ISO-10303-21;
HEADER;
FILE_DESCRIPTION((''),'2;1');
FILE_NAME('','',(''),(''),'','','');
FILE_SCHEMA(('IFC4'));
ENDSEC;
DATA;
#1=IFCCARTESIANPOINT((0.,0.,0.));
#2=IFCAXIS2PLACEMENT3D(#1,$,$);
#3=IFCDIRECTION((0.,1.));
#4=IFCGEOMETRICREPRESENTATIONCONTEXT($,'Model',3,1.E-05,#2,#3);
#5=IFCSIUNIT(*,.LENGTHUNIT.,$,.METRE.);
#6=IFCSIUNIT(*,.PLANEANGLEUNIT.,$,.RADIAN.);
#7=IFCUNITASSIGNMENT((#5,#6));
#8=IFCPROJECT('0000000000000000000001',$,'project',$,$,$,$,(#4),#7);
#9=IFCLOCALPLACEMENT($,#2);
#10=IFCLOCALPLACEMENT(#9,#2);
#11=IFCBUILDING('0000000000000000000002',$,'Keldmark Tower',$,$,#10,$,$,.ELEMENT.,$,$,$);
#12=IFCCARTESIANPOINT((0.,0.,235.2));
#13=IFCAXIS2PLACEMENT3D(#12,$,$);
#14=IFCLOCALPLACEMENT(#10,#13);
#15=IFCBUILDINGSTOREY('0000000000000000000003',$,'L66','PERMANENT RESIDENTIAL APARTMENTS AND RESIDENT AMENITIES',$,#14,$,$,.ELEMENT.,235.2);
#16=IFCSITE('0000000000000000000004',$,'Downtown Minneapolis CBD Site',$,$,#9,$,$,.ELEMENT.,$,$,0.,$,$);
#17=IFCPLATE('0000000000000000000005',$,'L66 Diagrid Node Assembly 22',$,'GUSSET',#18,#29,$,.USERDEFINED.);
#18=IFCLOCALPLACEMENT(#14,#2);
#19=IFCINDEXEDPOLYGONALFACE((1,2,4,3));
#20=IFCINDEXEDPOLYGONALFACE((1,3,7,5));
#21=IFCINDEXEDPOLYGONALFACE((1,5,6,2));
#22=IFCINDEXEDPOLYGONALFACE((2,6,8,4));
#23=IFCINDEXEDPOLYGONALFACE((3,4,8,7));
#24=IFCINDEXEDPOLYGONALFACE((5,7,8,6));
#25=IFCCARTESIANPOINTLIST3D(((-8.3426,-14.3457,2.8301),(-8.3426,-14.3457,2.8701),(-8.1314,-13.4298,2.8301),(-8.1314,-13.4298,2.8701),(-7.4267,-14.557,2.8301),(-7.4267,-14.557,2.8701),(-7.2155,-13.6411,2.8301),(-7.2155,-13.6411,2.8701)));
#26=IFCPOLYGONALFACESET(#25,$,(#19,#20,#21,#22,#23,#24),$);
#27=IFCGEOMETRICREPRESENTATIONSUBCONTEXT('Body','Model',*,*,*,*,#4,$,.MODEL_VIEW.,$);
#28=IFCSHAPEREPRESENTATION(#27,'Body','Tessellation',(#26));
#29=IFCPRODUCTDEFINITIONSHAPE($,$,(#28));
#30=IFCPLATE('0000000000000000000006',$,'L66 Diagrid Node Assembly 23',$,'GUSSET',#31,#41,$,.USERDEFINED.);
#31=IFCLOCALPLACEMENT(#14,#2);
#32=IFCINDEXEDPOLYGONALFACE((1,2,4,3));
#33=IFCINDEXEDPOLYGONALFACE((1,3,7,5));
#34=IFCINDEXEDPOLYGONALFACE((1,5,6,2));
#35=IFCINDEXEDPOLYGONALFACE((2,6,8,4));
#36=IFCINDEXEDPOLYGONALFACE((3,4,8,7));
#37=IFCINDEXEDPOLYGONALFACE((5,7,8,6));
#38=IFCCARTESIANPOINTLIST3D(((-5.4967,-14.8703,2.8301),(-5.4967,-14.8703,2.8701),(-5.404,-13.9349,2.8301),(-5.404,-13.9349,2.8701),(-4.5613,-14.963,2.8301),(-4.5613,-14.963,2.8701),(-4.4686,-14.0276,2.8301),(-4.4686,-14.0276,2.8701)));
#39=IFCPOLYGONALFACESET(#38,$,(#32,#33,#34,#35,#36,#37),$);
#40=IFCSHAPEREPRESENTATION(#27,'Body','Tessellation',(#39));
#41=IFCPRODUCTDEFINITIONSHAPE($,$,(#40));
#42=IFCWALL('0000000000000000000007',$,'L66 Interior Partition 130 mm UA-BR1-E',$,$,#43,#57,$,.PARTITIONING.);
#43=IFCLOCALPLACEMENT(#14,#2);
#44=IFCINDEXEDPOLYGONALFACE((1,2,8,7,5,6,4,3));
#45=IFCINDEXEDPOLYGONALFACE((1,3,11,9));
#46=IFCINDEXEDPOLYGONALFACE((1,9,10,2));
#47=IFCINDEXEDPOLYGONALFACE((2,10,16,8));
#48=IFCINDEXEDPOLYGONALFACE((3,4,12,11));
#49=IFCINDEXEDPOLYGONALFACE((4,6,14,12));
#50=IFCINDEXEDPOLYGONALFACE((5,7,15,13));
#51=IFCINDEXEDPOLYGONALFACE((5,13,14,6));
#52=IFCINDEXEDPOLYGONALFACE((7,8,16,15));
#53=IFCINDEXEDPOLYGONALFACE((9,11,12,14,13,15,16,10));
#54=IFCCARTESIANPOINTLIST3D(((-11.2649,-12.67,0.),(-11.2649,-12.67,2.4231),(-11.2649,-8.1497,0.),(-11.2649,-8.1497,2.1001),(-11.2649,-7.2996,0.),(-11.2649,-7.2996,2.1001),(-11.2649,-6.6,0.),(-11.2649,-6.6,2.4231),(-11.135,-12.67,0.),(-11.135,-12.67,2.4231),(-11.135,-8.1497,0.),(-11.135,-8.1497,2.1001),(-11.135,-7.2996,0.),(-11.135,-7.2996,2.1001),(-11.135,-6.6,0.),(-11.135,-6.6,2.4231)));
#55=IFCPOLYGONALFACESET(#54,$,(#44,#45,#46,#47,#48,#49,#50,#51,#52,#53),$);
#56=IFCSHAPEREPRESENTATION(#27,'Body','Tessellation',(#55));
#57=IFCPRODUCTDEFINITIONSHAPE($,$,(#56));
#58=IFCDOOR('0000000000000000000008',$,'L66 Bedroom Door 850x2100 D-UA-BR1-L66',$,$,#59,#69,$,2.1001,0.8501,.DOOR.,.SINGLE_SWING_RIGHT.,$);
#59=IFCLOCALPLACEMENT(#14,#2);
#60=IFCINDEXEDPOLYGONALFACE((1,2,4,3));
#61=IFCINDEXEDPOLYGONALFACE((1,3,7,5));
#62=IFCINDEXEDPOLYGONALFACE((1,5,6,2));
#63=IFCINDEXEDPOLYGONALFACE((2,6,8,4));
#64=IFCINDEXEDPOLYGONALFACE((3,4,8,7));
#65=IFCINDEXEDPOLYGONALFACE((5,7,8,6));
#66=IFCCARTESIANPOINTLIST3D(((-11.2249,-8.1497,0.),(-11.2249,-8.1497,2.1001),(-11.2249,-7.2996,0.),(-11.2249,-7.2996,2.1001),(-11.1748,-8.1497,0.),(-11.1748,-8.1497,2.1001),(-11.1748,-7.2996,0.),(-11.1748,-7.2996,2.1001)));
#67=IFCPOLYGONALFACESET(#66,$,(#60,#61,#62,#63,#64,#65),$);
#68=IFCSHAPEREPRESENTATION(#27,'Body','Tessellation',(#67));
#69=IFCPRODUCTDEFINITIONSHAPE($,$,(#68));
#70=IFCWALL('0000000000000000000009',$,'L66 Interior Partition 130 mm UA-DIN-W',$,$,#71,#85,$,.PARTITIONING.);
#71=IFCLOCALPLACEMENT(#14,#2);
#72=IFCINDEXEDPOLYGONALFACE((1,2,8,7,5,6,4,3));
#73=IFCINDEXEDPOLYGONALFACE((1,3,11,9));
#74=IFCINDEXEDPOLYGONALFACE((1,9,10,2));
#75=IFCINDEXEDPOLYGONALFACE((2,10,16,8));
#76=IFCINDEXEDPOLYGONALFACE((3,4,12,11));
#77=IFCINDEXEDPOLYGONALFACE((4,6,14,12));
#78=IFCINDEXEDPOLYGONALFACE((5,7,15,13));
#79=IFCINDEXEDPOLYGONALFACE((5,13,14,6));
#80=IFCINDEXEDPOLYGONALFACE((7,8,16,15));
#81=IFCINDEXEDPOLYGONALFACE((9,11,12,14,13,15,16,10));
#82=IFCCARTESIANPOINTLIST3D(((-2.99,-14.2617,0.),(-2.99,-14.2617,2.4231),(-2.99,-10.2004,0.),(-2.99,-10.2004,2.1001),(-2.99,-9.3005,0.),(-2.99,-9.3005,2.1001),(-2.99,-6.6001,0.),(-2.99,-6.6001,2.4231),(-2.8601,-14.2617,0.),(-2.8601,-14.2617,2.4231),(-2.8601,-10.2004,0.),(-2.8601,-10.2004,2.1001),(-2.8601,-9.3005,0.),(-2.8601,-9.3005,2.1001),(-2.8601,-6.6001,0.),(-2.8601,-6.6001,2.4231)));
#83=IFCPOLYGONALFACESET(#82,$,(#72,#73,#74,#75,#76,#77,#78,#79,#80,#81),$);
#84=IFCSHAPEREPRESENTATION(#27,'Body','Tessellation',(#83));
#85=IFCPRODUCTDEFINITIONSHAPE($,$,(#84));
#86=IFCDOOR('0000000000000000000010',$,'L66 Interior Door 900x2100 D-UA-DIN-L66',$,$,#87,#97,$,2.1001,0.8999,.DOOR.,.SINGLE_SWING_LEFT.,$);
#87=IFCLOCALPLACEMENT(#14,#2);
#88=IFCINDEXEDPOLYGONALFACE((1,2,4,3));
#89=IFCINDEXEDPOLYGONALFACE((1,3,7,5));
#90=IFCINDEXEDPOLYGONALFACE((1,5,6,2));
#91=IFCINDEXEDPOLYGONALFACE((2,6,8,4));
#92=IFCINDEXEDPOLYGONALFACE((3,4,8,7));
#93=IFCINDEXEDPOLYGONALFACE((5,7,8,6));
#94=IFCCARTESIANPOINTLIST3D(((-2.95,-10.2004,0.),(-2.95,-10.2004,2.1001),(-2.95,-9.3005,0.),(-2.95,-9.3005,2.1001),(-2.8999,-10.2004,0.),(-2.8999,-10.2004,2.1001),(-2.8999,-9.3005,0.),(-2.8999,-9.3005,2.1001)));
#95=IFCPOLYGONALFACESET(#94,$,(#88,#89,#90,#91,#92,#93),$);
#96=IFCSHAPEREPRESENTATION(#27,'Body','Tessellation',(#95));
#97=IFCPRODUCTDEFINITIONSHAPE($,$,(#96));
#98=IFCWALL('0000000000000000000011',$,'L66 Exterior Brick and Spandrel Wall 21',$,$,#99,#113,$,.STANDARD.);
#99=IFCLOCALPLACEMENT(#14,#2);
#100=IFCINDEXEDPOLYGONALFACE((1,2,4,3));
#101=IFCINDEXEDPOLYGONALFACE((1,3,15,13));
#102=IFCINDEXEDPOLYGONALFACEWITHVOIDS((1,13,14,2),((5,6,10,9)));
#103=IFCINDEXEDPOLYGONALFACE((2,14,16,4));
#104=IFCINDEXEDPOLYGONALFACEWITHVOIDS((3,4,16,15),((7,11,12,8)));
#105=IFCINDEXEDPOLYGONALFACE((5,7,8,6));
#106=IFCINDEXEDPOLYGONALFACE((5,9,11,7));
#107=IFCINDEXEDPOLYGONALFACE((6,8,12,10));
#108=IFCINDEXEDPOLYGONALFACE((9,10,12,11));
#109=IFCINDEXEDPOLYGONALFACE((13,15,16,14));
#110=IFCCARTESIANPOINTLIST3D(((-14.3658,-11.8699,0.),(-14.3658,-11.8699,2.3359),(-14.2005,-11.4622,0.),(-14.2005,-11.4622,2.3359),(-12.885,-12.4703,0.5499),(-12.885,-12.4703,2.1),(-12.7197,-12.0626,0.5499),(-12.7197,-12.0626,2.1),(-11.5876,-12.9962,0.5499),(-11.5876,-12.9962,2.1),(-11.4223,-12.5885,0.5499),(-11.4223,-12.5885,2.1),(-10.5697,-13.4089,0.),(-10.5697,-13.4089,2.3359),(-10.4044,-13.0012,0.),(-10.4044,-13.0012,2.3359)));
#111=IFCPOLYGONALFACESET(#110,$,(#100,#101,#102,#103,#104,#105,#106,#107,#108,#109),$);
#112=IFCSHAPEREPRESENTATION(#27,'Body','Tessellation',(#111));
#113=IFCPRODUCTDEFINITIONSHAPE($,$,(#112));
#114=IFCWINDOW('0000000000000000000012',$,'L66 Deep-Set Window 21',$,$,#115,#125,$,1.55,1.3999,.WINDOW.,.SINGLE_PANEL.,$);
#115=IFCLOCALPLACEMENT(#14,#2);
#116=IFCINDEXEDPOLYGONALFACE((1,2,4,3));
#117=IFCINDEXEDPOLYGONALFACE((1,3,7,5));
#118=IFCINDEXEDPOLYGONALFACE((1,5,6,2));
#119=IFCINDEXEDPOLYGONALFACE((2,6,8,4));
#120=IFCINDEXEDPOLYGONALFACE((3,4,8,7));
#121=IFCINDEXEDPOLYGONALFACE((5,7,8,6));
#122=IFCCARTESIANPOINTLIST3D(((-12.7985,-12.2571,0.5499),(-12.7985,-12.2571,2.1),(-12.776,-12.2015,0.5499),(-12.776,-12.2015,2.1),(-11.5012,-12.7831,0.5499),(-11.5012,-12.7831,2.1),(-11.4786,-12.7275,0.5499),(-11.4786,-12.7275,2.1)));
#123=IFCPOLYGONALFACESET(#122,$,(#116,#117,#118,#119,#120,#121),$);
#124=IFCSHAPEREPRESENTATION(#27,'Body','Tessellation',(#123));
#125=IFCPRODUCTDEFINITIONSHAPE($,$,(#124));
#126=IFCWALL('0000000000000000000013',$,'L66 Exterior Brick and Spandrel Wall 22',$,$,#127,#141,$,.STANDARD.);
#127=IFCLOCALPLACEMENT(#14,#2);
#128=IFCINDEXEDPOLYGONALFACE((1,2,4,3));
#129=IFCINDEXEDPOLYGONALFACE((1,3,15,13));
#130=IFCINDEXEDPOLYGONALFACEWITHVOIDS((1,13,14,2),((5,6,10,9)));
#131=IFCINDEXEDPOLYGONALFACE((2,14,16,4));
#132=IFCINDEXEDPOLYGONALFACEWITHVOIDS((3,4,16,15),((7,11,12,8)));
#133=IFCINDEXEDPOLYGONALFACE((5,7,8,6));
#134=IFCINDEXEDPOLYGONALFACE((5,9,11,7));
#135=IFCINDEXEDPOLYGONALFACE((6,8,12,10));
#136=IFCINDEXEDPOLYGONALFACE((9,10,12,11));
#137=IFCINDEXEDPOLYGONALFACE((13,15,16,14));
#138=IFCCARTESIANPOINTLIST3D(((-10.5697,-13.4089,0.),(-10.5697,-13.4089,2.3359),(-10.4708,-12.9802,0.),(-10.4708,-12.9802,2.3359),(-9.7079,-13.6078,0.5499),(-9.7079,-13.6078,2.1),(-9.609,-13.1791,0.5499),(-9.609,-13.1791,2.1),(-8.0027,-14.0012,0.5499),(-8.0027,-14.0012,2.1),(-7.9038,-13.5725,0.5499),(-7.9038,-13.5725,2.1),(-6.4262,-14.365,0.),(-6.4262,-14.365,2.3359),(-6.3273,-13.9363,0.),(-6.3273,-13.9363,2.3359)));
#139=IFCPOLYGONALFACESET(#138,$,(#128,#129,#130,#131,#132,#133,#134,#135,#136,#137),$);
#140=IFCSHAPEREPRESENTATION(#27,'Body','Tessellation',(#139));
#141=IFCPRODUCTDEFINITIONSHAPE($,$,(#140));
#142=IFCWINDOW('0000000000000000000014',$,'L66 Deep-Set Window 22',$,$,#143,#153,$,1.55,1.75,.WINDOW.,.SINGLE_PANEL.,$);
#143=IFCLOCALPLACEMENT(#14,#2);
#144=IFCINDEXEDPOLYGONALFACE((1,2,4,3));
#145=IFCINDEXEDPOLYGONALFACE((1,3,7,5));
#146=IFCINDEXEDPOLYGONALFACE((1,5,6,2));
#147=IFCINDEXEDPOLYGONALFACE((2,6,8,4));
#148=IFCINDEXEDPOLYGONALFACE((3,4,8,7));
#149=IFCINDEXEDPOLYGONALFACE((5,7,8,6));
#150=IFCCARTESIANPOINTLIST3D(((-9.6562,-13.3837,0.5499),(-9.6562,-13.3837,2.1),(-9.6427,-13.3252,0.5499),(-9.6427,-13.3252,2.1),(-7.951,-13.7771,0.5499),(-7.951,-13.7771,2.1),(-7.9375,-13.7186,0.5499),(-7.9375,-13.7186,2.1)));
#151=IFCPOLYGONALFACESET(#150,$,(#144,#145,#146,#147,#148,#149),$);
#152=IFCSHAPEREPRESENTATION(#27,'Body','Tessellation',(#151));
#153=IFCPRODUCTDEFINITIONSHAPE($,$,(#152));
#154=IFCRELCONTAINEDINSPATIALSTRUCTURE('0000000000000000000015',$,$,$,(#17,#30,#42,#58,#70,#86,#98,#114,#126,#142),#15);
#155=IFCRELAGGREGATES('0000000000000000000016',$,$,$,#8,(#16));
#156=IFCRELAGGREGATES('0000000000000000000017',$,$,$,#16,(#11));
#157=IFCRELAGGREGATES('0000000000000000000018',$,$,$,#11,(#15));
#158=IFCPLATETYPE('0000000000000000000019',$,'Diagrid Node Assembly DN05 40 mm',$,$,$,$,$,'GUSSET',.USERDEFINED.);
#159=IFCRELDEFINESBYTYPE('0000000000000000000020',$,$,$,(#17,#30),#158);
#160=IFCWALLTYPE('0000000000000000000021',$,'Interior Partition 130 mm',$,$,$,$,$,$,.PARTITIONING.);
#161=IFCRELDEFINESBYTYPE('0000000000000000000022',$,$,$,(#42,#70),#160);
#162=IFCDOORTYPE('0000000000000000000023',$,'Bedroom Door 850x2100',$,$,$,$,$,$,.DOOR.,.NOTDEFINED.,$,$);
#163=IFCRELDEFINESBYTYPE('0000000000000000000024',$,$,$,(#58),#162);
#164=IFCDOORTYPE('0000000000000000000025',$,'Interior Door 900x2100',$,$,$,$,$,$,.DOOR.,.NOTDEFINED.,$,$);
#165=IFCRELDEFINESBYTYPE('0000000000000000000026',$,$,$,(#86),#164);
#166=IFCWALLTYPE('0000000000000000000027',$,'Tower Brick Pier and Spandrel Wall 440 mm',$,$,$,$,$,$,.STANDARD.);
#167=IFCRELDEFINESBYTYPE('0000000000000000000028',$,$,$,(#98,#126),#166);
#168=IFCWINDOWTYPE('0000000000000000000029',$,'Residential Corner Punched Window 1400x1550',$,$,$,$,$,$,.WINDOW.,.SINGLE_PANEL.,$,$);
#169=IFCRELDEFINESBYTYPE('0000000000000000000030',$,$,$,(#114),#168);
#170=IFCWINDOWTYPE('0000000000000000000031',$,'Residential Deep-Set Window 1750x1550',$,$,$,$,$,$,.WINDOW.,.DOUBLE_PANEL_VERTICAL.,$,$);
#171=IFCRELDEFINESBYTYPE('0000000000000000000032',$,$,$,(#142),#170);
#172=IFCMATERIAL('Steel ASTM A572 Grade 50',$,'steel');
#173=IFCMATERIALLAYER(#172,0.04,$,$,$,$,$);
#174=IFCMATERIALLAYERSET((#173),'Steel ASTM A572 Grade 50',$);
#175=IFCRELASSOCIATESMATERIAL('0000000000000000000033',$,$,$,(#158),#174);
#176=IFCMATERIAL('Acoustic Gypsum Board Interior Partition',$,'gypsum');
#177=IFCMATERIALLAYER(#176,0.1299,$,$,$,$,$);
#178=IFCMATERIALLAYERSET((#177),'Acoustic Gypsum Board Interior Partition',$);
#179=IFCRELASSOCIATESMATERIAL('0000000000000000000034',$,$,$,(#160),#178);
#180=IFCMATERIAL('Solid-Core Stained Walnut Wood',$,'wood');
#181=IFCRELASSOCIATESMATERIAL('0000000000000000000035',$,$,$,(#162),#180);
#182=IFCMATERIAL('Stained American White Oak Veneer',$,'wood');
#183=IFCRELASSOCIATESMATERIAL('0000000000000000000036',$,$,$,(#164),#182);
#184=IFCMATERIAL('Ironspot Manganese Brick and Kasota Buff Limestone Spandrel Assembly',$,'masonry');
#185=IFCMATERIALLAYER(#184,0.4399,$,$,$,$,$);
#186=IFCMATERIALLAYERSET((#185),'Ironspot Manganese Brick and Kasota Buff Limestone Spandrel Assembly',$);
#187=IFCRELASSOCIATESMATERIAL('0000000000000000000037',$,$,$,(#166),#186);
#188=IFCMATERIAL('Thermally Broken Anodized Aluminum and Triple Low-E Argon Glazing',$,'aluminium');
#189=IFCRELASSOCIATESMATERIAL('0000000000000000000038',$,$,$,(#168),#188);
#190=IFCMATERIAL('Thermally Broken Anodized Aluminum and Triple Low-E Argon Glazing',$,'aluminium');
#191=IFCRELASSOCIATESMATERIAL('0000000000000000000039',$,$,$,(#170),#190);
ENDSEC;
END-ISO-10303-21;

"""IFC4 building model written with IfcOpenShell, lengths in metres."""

from ifc_helpers import new_model, si_unit, direction, frame, frame_2d, origin, origin_2d, place, context, subcontext, project, spatial, rectangle, extrude, material, layer, layer_set, type_object, element, fill, save


model = new_model("IFC4")

# Units and contexts
model_context = context("Model", 3, precision=1e-05, world=origin(), true_north=direction((0.0, 1.0)))
body_context = subcontext(model_context, "Body", "Model", "MODEL_VIEW")
ifc_project = project(units=[si_unit("LENGTHUNIT", "METRE"), si_unit("PLANEANGLEUNIT", "RADIAN")], contexts=[model_context])

# Site, building, storey
site_placement = place(None, origin())
site = spatial("IfcSite", under=ifc_project, at=site_placement, Name="Downtown Minneapolis CBD Site", CompositionType="ELEMENT", RefElevation=0.0)
building_placement = place(site_placement, origin())
building = spatial("IfcBuilding", under=site, at=building_placement, Name="Keldmark Tower", CompositionType="ELEMENT")
storey_placement = place(building_placement, frame((0.0, 0.0, 235.2)))
storey = spatial("IfcBuildingStorey", under=building, at=storey_placement, Name="L66", Description="PERMANENT RESIDENTIAL APARTMENTS AND RESIDENT AMENITIES", CompositionType="ELEMENT", Elevation=235.2)

# Plates
ifc_material_1 = material(Name="Steel ASTM A572 Grade 50", Category="steel")
ifc_layer_1 = layer(ifc_material_1, 0.04)
ifc_layer_set_1 = layer_set([ifc_layer_1], Name="Steel ASTM A572 Grade 50")
plate_type = type_object("IfcPlateType", Name="Diagrid Node Assembly DN05 40 mm", ElementType="GUSSET", PredefinedType="USERDEFINED", material=ifc_layer_set_1)
for number, where, z_axis, x_axis, name in (
    (1, (-7.7791, -13.9934, 2.8301), (0.0, 0.0, 1.0), (0.974409, -0.224781, 0.0), "L66 Diagrid Node Assembly 22"),
    (2, (-4.9827, -14.449, 2.8301), (0.0, 0.0, 1.0), (0.995125, -0.098625, 0.0), "L66 Diagrid Node Assembly 23"),
):
    element("IfcPlate", number, at=place(storey_placement, frame(where, z_axis=z_axis, x_axis=x_axis)), inside=storey, type_object=plate_type, Name=name, ObjectType="GUSSET", PredefinedType="USERDEFINED", context=body_context, shape_type="SweptSolid", body=[
        extrude(rectangle(XDim=0.9399, YDim=0.9399, at=origin_2d()), origin(), (0.0, 0.0, 1.0), 0.04),
    ])

# Walls, openings, doors
ifc_material_2 = material(Name="Acoustic Gypsum Board Interior Partition", Category="gypsum")
ifc_layer_2 = layer(ifc_material_2, 0.1299)
ifc_layer_set_2 = layer_set([ifc_layer_2], Name="Acoustic Gypsum Board Interior Partition")
wall_type_1 = type_object("IfcWallType", Name="Interior Partition 130 mm", PredefinedType="PARTITIONING", material=ifc_layer_set_2)
wall_1_placement = place(storey_placement, frame((-11.2, -12.6702, 0.0), z_axis=(0.0, 0.0, 1.0), x_axis=(0.0, 1.0, 0.0)))
wall_1 = element("IfcWall", 3, at=wall_1_placement, inside=storey, type_object=wall_type_1, Name="L66 Interior Partition 130 mm UA-BR1-E", PredefinedType="PARTITIONING", context=body_context, shape_type="SweptSolid", body=[
    extrude(rectangle(XDim=6.0701, YDim=0.1299, at=frame_2d((3.0352, 0.0))), origin(), (0.0, 0.0, 1.0), 2.4231),
])
opening_1_placement = place(wall_1_placement, frame((4.5205, 0.0, 0.0)))
opening_1 = element("IfcOpeningElement", 4, at=opening_1_placement, cuts=wall_1, PredefinedType="OPENING", context=body_context, shape_type="SweptSolid", body=[
    extrude(rectangle(XDim=0.8501, YDim=2.1001, at=frame_2d((0.425, 1.05))), frame((0.0, 0.075, 0.0), z_axis=(0.0, -1.0, 0.0), x_axis=(1.0, 0.0, 0.0)), (0.0, 0.0, 1.0), 0.1499),
])
ifc_material_3 = material(Name="Solid-Core Stained Walnut Wood", Category="wood")
door_type_1 = type_object("IfcDoorType", Name="Bedroom Door 850x2100", OperationType="NOTDEFINED", PredefinedType="DOOR", material=ifc_material_3)
door_1_placement = place(opening_1_placement, origin())
door_1 = element("IfcDoor", 5, at=door_1_placement, inside=storey, type_object=door_type_1, Name="L66 Bedroom Door 850x2100 D-UA-BR1-L66", OperationType="SINGLE_SWING_RIGHT", OverallHeight=2.1001, OverallWidth=0.8501, PredefinedType="DOOR", context=body_context, shape_type="SweptSolid", body=[
    extrude(rectangle(XDim=0.8501, YDim=2.1001, at=frame_2d((0.425, 1.05))), frame((0.0, 0.0249, 0.0), z_axis=(0.0, -1.0, 0.0), x_axis=(1.0, 0.0, 0.0)), (0.0, 0.0, 1.0), 0.05),
])
fill(opening_1, door_1)
wall_2_placement = place(storey_placement, frame((-2.925, -14.2617, 0.0), z_axis=(0.0, 0.0, 1.0), x_axis=(0.0, 1.0, 0.0)))
wall_2 = element("IfcWall", 6, at=wall_2_placement, inside=storey, type_object=wall_type_1, Name="L66 Interior Partition 130 mm UA-DIN-W", PredefinedType="PARTITIONING", context=body_context, shape_type="SweptSolid", body=[
    extrude(rectangle(XDim=7.6616, YDim=0.1299, at=frame_2d((3.8308, 0.0))), origin(), (0.0, 0.0, 1.0), 2.4231),
])
opening_2_placement = place(wall_2_placement, frame((4.0613, 0.0, 0.0)))
opening_2 = element("IfcOpeningElement", 7, at=opening_2_placement, cuts=wall_2, PredefinedType="OPENING", context=body_context, shape_type="SweptSolid", body=[
    extrude(rectangle(XDim=0.8999, YDim=2.1001, at=frame_2d((0.45, 1.05))), frame((0.0, 0.075, 0.0), z_axis=(0.0, -1.0, 0.0), x_axis=(1.0, 0.0, 0.0)), (0.0, 0.0, 1.0), 0.1499),
])
ifc_material_4 = material(Name="Stained American White Oak Veneer", Category="wood")
door_type_2 = type_object("IfcDoorType", Name="Interior Door 900x2100", OperationType="NOTDEFINED", PredefinedType="DOOR", material=ifc_material_4)
door_2_placement = place(opening_2_placement, origin())
door_2 = element("IfcDoor", 8, at=door_2_placement, inside=storey, type_object=door_type_2, Name="L66 Interior Door 900x2100 D-UA-DIN-L66", OperationType="SINGLE_SWING_LEFT", OverallHeight=2.1001, OverallWidth=0.8999, PredefinedType="DOOR", context=body_context, shape_type="SweptSolid", body=[
    extrude(rectangle(XDim=0.8999, YDim=2.1001, at=frame_2d((0.45, 1.05))), frame((0.0, 0.0249, 0.0), z_axis=(0.0, -1.0, 0.0), x_axis=(1.0, 0.0, 0.0)), (0.0, 0.0, 1.0), 0.05),
])
fill(opening_2, door_2)

# Walls, openings, windows
ifc_material_5 = material(Name="Ironspot Manganese Brick and Kasota Buff Limestone Spandrel Assembly", Category="masonry")
ifc_layer_3 = layer(ifc_material_5, 0.4399)
ifc_layer_set_3 = layer_set([ifc_layer_3], Name="Ironspot Manganese Brick and Kasota Buff Limestone Spandrel Assembly")
wall_type_2 = type_object("IfcWallType", Name="Tower Brick Pier and Spandrel Wall 440 mm", PredefinedType="STANDARD", material=ifc_layer_set_3)
wall_3_placement = place(storey_placement, frame((-10.4871, -13.2051, 0.0), z_axis=(0.0, 0.0, 1.0), x_axis=(-0.926732, 0.375723, 0.0)))
wall_3 = element("IfcWall", 9, at=wall_3_placement, inside=storey, type_object=wall_type_2, Name="L66 Exterior Brick and Spandrel Wall 21", PredefinedType="STANDARD", context=body_context, shape_type="SweptSolid", body=[
    extrude(rectangle(XDim=4.0962, YDim=0.4399, at=frame_2d((2.0481, 0.0))), origin(), (0.0, 0.0, 1.0), 2.3359),
])
opening_3_placement = place(wall_3_placement, frame((1.0984, 0.0, 0.55)))
opening_3 = element("IfcOpeningElement", 10, at=opening_3_placement, cuts=wall_3, PredefinedType="OPENING", context=body_context, shape_type="SweptSolid", body=[
    extrude(rectangle(XDim=1.3999, YDim=1.55, at=frame_2d((0.7, 0.7749))), frame((0.0, 0.23, 0.0), z_axis=(0.0, -1.0, 0.0), x_axis=(1.0, 0.0, 0.0)), (0.0, 0.0, 1.0), 0.46),
])
ifc_material_6 = material(Name="Thermally Broken Anodized Aluminum and Triple Low-E Argon Glazing", Category="aluminium")
window_type_1 = type_object("IfcWindowType", Name="Residential Corner Punched Window 1400x1550", PartitioningType="SINGLE_PANEL", PredefinedType="WINDOW", material=ifc_material_6)
window_1_placement = place(opening_3_placement, origin())
window_1 = element("IfcWindow", 11, at=window_1_placement, inside=storey, type_object=window_type_1, Name="L66 Deep-Set Window 21", OverallHeight=1.55, OverallWidth=1.3999, PartitioningType="SINGLE_PANEL", PredefinedType="WINDOW", context=body_context, shape_type="SweptSolid", body=[
    extrude(rectangle(XDim=1.3999, YDim=1.55, at=frame_2d((0.7, 0.7749))), frame((0.0, -0.01, 0.0), z_axis=(0.0, -1.0, 0.0), x_axis=(1.0, 0.0, 0.0)), (0.0, 0.0, 1.0), 0.0601),
])
fill(opening_3, window_1)
wall_4_placement = place(storey_placement, frame((-6.3767, -14.1506, 0.0), z_axis=(0.0, 0.0, 1.0), x_axis=(-0.974399, 0.224826, 0.0)))
wall_4 = element("IfcWall", 12, at=wall_4_placement, inside=storey, type_object=wall_type_2, Name="L66 Exterior Brick and Spandrel Wall 22", PredefinedType="STANDARD", context=body_context, shape_type="SweptSolid", body=[
    extrude(rectangle(XDim=4.2524, YDim=0.4399, at=frame_2d((2.1262, 0.0))), origin(), (0.0, 0.0, 1.0), 2.3359),
])
opening_4_placement = place(wall_4_placement, frame((1.6179, 0.0, 0.55)))
opening_4 = element("IfcOpeningElement", 13, at=opening_4_placement, cuts=wall_4, PredefinedType="OPENING", context=body_context, shape_type="SweptSolid", body=[
    extrude(rectangle(XDim=1.75, YDim=1.55, at=frame_2d((0.875, 0.7749))), frame((0.0, 0.23, 0.0), z_axis=(0.0, -1.0, 0.0), x_axis=(1.0, 0.0, 0.0)), (0.0, 0.0, 1.0), 0.46),
])
ifc_material_7 = material(Name="Thermally Broken Anodized Aluminum and Triple Low-E Argon Glazing", Category="aluminium")
window_type_2 = type_object("IfcWindowType", Name="Residential Deep-Set Window 1750x1550", PartitioningType="DOUBLE_PANEL_VERTICAL", PredefinedType="WINDOW", material=ifc_material_7)
window_2_placement = place(opening_4_placement, origin())
window_2 = element("IfcWindow", 14, at=window_2_placement, inside=storey, type_object=window_type_2, Name="L66 Deep-Set Window 22", OverallHeight=1.55, OverallWidth=1.75, PartitioningType="SINGLE_PANEL", PredefinedType="WINDOW", context=body_context, shape_type="SweptSolid", body=[
    extrude(rectangle(XDim=1.75, YDim=1.55, at=frame_2d((0.875, 0.7749))), frame((0.0, -0.01, 0.0), z_axis=(0.0, -1.0, 0.0), x_axis=(1.0, 0.0, 0.0)), (0.0, 0.0, 1.0), 0.0601),
])
fill(opening_4, window_2)

save(model, "model.ifc")
